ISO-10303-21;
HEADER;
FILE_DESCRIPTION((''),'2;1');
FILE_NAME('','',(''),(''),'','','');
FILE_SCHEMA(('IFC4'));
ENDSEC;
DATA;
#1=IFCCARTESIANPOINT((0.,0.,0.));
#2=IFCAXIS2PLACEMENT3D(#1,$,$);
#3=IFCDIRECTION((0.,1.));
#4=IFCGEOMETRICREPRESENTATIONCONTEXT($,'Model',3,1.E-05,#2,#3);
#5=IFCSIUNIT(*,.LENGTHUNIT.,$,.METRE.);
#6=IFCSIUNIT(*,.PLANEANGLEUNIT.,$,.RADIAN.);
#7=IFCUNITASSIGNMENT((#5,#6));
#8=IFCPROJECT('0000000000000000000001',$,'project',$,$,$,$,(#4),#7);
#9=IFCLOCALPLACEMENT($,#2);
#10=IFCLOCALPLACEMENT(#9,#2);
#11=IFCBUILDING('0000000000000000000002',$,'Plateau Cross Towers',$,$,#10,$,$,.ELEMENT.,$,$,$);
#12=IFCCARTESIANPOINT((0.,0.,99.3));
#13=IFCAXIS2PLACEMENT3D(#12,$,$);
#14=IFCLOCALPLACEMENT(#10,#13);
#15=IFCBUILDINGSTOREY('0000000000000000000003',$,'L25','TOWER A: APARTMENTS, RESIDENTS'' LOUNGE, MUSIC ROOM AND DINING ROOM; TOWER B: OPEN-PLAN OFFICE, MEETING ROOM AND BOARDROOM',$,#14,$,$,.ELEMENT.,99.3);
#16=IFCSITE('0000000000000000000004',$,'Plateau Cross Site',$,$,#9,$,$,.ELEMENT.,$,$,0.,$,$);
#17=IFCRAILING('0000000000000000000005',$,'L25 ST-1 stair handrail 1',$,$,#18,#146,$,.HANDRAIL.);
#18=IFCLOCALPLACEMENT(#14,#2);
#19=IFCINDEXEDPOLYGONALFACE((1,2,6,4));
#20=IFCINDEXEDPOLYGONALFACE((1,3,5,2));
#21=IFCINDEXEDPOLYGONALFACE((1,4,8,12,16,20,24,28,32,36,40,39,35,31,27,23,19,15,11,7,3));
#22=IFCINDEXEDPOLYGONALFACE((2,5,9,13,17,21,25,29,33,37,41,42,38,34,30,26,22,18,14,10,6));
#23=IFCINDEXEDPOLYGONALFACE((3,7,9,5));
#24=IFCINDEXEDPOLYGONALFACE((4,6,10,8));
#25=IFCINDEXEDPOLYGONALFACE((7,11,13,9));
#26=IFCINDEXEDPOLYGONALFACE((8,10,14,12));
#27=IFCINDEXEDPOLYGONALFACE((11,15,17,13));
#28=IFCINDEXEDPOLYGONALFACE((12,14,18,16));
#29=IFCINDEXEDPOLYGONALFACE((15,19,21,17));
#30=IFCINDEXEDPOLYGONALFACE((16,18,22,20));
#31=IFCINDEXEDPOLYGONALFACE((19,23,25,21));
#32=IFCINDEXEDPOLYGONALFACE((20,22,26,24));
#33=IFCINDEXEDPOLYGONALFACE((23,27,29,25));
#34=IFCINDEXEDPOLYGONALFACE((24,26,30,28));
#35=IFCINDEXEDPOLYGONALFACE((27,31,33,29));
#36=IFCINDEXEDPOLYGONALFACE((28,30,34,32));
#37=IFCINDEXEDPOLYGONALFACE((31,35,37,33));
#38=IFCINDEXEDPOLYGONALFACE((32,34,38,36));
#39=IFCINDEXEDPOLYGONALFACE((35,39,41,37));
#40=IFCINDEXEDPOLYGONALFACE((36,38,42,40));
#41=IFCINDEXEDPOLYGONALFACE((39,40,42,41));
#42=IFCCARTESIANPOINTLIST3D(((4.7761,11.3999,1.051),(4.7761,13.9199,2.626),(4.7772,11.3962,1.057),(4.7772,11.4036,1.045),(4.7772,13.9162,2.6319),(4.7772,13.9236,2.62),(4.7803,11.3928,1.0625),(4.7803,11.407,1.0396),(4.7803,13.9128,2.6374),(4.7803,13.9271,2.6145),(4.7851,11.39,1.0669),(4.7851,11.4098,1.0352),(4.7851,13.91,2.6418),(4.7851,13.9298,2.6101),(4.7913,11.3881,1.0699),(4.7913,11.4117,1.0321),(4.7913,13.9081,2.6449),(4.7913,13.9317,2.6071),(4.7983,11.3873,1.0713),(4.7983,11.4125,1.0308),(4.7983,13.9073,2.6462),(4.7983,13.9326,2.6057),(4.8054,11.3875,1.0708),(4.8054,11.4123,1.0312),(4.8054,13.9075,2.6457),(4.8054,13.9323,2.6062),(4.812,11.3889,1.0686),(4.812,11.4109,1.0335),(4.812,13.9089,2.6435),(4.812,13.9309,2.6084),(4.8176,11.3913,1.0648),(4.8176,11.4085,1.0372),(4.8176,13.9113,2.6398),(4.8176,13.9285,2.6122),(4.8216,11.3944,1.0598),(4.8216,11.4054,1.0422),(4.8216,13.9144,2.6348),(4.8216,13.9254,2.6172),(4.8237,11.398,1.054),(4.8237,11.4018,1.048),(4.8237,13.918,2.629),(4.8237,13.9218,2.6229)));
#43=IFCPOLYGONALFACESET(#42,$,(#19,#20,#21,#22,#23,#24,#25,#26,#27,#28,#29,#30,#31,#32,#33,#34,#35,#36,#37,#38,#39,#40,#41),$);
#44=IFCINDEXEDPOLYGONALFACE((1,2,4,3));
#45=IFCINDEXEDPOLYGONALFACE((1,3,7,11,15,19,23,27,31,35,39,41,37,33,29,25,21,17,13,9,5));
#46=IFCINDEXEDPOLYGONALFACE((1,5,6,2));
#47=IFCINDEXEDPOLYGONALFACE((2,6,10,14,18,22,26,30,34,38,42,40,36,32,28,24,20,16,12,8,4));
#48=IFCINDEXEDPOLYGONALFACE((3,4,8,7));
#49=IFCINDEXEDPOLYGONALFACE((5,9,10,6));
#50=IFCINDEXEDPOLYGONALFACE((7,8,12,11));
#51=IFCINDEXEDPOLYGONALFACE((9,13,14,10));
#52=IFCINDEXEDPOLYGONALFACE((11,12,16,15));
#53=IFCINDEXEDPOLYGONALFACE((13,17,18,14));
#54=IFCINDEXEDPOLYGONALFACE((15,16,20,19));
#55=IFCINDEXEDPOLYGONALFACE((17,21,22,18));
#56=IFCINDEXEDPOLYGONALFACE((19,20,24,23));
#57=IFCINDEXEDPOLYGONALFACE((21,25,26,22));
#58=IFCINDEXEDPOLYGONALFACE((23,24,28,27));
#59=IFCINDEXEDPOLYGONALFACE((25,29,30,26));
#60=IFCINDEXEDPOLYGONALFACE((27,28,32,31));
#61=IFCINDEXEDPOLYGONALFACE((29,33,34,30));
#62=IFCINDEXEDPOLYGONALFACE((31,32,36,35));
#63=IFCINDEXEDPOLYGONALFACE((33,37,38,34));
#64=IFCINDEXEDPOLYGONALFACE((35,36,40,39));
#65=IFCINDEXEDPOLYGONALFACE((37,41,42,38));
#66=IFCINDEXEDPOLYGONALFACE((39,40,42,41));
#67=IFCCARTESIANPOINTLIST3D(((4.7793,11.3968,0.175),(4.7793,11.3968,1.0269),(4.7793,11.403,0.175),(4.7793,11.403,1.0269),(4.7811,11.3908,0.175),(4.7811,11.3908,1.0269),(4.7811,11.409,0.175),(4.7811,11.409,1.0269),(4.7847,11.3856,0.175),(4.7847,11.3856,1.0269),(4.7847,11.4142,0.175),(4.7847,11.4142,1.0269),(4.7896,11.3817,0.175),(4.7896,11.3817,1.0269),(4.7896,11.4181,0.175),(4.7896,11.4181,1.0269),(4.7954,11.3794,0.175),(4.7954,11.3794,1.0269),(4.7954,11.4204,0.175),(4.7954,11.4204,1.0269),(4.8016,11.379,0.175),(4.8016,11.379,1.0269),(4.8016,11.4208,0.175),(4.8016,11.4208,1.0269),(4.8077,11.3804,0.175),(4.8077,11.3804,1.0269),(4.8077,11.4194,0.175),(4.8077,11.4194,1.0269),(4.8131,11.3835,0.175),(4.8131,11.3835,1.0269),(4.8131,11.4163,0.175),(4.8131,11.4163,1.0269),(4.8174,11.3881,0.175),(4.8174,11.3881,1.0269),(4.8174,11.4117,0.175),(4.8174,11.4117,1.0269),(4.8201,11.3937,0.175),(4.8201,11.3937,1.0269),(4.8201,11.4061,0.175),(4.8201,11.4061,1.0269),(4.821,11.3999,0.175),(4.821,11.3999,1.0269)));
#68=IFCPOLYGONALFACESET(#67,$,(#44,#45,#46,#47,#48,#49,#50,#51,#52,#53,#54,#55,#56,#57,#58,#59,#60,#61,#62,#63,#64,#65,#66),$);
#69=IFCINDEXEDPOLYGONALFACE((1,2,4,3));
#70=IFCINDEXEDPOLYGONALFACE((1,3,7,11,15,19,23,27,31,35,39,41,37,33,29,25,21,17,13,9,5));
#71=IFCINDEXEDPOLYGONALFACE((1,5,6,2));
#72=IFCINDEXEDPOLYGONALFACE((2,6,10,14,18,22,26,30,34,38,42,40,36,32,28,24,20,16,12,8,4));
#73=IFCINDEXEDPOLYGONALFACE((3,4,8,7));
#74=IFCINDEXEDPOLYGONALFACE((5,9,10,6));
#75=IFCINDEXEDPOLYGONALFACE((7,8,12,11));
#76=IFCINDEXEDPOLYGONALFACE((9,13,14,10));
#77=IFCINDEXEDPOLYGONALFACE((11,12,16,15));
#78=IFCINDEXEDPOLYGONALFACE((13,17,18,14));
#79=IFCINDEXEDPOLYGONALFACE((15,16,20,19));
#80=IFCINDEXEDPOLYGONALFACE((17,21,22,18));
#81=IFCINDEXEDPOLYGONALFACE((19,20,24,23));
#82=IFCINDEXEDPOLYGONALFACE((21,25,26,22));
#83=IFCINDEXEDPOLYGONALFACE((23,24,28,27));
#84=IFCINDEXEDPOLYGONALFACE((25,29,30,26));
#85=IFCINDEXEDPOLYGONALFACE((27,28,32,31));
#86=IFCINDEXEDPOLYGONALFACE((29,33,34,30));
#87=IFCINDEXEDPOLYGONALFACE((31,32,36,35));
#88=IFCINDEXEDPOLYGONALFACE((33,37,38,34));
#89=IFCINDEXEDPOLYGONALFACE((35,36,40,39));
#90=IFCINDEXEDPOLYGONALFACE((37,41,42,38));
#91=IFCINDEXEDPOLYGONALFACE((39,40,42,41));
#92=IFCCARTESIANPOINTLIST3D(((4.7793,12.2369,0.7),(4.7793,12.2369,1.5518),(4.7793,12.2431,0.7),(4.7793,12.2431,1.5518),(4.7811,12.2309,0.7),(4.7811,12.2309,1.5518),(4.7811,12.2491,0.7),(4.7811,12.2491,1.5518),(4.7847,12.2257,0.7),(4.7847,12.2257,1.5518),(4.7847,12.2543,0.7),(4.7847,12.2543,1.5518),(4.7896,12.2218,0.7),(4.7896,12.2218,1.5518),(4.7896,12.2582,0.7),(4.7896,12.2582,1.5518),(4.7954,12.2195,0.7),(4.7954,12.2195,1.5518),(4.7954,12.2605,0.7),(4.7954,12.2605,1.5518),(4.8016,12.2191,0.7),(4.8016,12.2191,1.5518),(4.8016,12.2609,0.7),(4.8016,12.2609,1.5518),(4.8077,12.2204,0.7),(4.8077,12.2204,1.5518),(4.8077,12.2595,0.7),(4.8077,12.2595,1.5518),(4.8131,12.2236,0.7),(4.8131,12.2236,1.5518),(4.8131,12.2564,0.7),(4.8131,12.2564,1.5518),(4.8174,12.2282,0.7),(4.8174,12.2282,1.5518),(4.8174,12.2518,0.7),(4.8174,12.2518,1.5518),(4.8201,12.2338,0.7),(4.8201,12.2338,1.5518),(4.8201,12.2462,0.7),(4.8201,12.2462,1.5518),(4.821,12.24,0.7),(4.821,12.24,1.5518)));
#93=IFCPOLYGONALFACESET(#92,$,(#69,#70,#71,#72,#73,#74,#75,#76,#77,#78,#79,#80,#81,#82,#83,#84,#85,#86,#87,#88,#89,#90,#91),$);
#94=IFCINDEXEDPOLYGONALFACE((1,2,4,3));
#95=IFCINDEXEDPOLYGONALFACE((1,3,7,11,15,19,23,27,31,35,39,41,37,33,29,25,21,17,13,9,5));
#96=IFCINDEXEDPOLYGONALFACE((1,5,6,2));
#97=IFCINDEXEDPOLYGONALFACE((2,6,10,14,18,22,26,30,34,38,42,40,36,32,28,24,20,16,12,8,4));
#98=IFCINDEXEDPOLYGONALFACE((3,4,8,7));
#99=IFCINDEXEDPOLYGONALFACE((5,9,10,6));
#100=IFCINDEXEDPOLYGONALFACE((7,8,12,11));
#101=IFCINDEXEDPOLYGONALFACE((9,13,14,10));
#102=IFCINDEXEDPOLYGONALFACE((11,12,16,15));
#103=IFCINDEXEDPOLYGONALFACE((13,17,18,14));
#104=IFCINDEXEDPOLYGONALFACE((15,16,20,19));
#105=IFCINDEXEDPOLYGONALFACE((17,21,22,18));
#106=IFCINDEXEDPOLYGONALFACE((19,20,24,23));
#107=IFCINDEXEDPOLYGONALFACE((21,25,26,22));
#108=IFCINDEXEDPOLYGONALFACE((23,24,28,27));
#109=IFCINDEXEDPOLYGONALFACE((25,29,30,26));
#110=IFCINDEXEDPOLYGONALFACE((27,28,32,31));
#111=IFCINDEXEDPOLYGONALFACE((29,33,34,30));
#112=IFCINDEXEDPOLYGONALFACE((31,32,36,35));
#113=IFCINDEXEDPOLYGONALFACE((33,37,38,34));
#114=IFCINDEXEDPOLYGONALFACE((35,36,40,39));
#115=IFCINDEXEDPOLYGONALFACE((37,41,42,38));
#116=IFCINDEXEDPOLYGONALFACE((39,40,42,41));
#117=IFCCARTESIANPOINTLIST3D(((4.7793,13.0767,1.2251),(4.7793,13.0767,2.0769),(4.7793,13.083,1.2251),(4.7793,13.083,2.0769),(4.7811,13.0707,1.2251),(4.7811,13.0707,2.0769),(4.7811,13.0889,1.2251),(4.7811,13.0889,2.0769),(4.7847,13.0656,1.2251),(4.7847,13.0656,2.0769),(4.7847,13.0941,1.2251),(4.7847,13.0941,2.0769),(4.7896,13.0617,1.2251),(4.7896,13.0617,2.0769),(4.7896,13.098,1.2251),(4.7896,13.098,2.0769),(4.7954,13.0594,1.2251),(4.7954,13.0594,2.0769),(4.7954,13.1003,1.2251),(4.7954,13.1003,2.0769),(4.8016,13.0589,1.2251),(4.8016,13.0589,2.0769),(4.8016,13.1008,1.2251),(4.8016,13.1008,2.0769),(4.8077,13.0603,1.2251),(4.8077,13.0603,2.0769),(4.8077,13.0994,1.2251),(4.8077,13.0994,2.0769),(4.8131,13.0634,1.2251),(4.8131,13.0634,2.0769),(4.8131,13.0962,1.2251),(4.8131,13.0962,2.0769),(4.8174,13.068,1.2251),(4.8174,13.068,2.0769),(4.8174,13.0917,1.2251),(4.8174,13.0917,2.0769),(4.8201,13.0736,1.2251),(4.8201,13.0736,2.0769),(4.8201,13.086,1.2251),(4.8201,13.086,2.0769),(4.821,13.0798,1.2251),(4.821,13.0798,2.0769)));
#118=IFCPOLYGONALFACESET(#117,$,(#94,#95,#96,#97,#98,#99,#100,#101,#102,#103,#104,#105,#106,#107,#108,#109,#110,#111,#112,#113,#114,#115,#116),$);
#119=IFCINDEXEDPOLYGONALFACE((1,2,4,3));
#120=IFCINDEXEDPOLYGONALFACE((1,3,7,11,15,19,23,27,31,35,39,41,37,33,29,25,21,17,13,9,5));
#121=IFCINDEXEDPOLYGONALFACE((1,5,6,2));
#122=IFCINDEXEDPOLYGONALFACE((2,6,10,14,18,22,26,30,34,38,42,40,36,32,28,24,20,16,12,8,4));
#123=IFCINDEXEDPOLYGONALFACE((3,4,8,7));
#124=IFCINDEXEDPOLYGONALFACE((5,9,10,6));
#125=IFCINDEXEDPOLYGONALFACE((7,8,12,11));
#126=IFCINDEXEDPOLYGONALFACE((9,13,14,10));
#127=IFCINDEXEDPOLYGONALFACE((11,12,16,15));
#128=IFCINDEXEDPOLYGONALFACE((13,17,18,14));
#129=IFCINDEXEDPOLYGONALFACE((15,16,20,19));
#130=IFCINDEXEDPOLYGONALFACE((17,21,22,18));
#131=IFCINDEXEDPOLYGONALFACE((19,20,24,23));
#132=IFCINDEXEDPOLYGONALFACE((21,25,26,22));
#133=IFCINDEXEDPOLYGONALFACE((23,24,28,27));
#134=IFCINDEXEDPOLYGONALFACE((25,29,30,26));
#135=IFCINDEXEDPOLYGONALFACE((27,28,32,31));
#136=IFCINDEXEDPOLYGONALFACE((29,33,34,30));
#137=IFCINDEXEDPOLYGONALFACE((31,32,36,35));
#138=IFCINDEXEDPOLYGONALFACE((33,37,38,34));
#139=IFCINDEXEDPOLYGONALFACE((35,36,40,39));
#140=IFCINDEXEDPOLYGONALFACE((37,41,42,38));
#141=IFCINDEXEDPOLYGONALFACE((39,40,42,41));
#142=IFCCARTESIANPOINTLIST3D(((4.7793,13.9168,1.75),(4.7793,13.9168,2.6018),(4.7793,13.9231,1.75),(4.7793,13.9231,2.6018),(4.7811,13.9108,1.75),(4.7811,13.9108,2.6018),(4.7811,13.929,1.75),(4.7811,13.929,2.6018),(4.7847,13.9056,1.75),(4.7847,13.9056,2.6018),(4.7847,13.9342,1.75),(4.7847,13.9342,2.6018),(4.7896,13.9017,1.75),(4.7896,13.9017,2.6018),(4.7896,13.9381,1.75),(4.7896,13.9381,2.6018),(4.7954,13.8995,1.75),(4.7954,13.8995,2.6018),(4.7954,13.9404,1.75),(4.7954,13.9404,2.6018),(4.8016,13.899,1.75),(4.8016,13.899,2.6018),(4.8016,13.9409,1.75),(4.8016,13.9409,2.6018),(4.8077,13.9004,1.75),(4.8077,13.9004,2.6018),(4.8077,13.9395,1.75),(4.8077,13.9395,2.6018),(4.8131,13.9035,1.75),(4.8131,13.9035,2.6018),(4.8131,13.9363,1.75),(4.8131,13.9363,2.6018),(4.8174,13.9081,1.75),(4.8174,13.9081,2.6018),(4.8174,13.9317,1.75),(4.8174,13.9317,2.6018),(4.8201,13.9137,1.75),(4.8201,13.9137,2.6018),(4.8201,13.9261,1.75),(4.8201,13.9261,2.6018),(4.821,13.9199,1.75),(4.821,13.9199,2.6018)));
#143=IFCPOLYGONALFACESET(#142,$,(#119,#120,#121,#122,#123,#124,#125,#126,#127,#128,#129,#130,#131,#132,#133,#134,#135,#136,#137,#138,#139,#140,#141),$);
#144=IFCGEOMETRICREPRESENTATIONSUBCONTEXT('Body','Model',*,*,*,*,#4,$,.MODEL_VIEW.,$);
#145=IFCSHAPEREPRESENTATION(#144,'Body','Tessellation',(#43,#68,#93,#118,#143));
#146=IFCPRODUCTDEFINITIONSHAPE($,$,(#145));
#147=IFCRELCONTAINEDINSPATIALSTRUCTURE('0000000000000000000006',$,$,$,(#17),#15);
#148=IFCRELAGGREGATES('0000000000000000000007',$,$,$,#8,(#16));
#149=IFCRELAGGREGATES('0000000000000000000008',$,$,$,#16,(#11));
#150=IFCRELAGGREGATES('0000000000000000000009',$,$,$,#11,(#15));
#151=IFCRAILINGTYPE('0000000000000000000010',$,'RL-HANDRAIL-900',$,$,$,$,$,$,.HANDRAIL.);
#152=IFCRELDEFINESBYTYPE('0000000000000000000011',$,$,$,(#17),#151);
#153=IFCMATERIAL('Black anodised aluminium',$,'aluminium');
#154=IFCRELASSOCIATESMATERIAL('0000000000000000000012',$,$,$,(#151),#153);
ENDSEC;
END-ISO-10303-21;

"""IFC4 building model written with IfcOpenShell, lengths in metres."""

from ifc_helpers import new_model, si_unit, direction, frame, origin, origin_2d, place, context, subcontext, project, spatial, circle, extrude, material, type_object, element, save


model = new_model("IFC4")

# Units and contexts
model_context = context("Model", 3, precision=1e-05, world=origin(), true_north=direction((0.0, 1.0)))
body_context = subcontext(model_context, "Body", "Model", "MODEL_VIEW")
ifc_project = project(units=[si_unit("LENGTHUNIT", "METRE"), si_unit("PLANEANGLEUNIT", "RADIAN")], contexts=[model_context])

# Site, building, storey
site_placement = place(None, origin())
site = spatial("IfcSite", under=ifc_project, at=site_placement, Name="Plateau Cross Site", CompositionType="ELEMENT", RefElevation=0.0)
building_placement = place(site_placement, origin())
building = spatial("IfcBuilding", under=site, at=building_placement, Name="Plateau Cross Towers", CompositionType="ELEMENT")
storey_placement = place(building_placement, frame((0.0, 0.0, 99.3)))
storey = spatial("IfcBuildingStorey", under=building, at=storey_placement, Name="L25", Description="TOWER A: APARTMENTS, RESIDENTS' LOUNGE, MUSIC ROOM AND DINING ROOM; TOWER B: OPEN-PLAN OFFICE, MEETING ROOM AND BOARDROOM", CompositionType="ELEMENT", Elevation=99.3)

# Shared definitions
ifc_material_1 = material(Name="Black anodised aluminium", Category="aluminium")

# Railing
railing_type_1 = type_object("IfcRailingType", Name="RL-HANDRAIL-900", PredefinedType="HANDRAIL", material=ifc_material_1)
railing_1_placement = place(storey_placement, frame((4.8, 11.3999, 0.175)))
element("IfcRailing", 1, at=railing_1_placement, inside=storey, type_object=railing_type_1, Name="L25 ST-1 stair handrail 1", PredefinedType="HANDRAIL", context=body_context, shape_type="SweptSolid", body=[
    extrude(circle(Radius=0.0239, at=origin_2d()), frame((0.0, 0.0, 0.876), z_axis=(0.0, 0.848008, 0.529984), x_axis=(-1.0, 0.0, 0.0)), (0.0, 0.0, 1.0), 2.9717),
    extrude(circle(Radius=0.021, at=origin_2d()), origin(), (0.0, 0.0, 1.0), 0.8518),
    extrude(circle(Radius=0.021, at=origin_2d()), frame((0.0, 0.8401, 0.5249)), (0.0, 0.0, 1.0), 0.8518),
    extrude(circle(Radius=0.021, at=origin_2d()), frame((0.0, 1.6799, 1.05)), (0.0, 0.0, 1.0), 0.8518),
    extrude(circle(Radius=0.021, at=origin_2d()), frame((0.0, 2.52, 1.575)), (0.0, 0.0, 1.0), 0.8518),
])

save(model, "model.ifc")
